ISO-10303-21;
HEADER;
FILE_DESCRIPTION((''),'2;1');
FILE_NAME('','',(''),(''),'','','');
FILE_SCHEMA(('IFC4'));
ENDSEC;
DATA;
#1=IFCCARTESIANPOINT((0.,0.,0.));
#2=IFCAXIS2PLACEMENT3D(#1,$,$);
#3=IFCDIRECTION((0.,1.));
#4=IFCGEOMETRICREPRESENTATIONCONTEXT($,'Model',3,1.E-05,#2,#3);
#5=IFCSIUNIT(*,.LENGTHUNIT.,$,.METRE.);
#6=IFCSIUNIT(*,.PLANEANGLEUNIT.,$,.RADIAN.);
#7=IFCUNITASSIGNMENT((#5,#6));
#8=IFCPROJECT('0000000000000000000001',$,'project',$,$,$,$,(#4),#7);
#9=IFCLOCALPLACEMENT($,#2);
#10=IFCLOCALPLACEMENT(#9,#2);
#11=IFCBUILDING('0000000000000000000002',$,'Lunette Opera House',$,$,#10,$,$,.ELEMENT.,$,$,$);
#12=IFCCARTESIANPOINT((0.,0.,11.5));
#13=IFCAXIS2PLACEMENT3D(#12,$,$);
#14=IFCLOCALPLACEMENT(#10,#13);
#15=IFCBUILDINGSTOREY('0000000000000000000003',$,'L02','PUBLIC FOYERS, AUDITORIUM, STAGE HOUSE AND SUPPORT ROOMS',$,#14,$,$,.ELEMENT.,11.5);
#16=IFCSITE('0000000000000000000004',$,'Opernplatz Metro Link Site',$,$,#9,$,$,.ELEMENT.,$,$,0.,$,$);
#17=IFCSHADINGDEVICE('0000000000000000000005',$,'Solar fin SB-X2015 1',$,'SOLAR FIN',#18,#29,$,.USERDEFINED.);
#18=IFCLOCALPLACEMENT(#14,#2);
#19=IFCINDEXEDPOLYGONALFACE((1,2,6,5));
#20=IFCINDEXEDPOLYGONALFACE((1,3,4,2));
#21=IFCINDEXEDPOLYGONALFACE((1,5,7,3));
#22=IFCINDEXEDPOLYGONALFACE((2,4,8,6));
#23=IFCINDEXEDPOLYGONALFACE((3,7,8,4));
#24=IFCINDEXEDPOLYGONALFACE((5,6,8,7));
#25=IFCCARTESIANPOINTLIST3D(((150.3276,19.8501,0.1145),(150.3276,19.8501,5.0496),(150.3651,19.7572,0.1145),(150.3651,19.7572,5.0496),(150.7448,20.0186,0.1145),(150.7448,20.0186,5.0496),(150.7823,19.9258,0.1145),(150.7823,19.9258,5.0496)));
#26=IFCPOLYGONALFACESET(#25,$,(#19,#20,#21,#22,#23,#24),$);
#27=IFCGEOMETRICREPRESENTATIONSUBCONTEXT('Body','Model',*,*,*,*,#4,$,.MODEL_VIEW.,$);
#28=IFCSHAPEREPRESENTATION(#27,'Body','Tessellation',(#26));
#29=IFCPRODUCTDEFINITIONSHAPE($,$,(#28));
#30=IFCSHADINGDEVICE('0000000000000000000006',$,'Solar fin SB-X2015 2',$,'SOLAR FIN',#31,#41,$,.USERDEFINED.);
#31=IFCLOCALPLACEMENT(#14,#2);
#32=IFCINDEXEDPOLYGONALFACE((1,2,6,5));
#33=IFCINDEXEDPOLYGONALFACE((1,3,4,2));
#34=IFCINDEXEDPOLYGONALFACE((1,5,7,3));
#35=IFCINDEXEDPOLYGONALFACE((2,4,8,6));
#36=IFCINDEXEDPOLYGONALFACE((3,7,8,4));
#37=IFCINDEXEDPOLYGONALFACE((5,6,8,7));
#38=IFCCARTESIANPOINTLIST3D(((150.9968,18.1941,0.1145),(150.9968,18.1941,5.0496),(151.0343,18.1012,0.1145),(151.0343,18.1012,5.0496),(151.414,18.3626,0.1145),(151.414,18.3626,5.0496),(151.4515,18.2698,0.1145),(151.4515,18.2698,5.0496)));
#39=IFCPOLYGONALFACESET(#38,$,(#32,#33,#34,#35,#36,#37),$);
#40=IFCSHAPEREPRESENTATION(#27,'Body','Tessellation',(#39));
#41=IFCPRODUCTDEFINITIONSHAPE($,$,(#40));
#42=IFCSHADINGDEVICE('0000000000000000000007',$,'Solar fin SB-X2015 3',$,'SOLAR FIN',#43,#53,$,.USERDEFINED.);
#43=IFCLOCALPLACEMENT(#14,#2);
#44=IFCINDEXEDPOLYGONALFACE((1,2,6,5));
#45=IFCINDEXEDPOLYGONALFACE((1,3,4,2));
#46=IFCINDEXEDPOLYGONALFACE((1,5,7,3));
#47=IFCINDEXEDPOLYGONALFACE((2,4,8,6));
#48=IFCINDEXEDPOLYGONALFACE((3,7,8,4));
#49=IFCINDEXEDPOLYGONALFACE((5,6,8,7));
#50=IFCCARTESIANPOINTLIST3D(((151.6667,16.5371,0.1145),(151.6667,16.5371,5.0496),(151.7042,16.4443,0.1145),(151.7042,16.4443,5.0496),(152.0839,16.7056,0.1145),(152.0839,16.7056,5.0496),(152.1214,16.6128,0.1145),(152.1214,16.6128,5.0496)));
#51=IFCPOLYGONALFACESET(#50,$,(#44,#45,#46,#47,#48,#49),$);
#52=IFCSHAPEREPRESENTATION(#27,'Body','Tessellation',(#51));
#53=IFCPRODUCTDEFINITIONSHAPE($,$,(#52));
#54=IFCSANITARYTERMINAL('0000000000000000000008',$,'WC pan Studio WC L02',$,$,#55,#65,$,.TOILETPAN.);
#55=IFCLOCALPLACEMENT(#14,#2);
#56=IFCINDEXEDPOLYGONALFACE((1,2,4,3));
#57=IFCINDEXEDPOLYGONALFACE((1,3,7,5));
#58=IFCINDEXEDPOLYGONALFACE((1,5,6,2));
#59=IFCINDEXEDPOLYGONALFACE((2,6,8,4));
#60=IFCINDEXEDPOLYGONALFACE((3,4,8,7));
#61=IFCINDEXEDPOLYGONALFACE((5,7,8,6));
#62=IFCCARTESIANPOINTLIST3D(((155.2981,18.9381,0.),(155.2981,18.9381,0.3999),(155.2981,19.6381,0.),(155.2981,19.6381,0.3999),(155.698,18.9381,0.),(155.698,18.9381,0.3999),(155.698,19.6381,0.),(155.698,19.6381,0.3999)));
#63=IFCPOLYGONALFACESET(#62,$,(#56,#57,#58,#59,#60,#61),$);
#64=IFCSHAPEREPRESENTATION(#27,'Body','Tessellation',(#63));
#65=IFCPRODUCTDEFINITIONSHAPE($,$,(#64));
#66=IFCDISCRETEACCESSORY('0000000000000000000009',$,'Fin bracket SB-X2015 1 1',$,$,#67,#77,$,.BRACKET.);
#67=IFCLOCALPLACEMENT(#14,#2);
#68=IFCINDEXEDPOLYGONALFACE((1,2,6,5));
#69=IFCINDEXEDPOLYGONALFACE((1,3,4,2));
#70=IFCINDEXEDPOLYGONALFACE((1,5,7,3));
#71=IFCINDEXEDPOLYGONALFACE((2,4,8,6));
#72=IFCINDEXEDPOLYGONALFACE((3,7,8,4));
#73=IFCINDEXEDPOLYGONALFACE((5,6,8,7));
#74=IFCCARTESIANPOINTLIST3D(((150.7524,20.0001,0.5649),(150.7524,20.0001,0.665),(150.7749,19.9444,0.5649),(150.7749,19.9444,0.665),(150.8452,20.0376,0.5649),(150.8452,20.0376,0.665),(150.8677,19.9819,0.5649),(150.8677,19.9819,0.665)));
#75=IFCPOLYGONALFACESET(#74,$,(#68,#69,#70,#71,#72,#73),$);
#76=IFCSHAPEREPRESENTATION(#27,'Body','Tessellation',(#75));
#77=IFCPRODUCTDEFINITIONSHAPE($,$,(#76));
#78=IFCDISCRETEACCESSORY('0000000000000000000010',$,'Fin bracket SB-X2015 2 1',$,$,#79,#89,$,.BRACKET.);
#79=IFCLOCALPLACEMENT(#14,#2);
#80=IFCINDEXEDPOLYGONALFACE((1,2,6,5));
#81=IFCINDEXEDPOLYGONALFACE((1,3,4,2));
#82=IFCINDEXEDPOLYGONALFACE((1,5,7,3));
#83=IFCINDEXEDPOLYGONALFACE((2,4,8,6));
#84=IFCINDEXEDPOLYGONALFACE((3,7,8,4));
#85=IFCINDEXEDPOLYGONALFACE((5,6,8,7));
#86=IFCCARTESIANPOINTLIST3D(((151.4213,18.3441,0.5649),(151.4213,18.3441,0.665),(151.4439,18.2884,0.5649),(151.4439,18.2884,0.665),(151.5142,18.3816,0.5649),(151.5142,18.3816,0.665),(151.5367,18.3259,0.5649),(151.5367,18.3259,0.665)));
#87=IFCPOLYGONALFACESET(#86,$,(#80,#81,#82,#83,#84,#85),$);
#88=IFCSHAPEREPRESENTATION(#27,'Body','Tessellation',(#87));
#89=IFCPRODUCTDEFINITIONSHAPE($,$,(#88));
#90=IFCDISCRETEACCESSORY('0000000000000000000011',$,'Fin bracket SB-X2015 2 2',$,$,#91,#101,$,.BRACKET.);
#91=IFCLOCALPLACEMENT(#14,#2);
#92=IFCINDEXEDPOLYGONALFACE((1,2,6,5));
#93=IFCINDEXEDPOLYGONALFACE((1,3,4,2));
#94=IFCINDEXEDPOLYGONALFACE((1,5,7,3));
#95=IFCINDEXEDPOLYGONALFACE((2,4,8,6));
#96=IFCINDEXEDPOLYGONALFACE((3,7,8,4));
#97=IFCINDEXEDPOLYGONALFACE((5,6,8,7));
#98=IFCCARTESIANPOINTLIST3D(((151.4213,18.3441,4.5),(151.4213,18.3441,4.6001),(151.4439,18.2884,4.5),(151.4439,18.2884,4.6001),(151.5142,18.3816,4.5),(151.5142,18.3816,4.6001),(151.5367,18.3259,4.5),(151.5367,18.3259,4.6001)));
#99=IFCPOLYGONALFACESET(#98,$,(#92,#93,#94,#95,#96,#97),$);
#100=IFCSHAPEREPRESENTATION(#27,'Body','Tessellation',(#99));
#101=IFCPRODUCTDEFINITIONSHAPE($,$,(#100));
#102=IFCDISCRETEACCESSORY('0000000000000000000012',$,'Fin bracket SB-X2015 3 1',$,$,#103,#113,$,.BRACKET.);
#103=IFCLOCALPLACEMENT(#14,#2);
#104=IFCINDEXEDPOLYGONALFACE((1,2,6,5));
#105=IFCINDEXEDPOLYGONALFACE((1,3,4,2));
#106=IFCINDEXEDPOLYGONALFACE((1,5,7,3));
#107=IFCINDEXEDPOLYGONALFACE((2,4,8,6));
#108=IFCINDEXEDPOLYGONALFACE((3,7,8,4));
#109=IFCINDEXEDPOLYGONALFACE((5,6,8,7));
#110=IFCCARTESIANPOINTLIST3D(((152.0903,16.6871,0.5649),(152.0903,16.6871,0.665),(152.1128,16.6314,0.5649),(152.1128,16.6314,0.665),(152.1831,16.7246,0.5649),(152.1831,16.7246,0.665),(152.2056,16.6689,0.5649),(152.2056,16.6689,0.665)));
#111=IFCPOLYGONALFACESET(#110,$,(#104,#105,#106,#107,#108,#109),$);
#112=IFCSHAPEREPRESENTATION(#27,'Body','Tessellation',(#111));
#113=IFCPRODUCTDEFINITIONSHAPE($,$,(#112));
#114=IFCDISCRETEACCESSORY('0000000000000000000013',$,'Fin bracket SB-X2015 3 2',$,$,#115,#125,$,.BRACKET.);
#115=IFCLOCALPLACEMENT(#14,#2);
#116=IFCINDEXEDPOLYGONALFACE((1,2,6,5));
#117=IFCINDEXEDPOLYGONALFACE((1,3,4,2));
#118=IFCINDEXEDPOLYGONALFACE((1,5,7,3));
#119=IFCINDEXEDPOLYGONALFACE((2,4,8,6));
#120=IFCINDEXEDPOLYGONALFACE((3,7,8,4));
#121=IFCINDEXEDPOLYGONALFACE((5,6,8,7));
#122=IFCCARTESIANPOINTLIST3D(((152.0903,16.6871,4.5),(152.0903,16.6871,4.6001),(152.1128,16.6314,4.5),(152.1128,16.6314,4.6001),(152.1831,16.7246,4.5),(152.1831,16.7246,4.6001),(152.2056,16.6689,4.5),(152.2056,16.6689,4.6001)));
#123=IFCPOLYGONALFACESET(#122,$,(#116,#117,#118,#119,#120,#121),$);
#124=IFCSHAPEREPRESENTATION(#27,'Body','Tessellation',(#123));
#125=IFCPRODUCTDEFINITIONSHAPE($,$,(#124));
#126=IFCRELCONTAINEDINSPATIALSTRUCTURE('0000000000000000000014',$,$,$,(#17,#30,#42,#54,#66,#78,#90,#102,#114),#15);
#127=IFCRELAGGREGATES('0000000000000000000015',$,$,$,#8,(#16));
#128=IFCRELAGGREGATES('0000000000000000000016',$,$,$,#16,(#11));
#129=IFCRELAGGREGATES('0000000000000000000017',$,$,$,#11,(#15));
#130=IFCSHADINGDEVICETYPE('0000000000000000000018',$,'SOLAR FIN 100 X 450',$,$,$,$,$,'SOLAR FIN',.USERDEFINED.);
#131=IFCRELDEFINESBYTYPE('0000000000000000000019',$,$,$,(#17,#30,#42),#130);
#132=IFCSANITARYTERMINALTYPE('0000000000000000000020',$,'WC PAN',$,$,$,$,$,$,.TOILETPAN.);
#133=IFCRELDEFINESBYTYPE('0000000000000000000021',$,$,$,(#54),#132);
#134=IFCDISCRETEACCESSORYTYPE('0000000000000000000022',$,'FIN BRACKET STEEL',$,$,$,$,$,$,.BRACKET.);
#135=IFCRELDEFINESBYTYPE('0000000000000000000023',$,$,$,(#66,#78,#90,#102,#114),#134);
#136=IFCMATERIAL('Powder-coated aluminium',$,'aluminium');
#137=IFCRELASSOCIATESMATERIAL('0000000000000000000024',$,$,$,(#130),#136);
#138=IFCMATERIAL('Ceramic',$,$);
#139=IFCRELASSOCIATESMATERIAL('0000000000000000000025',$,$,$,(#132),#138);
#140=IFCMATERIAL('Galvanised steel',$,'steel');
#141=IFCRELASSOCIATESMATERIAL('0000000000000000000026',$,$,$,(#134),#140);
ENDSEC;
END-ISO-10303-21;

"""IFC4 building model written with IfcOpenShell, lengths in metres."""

from ifc_helpers import new_model, si_unit, direction, frame, origin, origin_2d, place, context, subcontext, project, spatial, rectangle, extrude, material, type_object, element, save


model = new_model("IFC4")

# Units and contexts
model_context = context("Model", 3, precision=1e-05, world=origin(), true_north=direction((0.0, 1.0)))
body_context = subcontext(model_context, "Body", "Model", "MODEL_VIEW")
ifc_project = project(units=[si_unit("LENGTHUNIT", "METRE"), si_unit("PLANEANGLEUNIT", "RADIAN")], contexts=[model_context])

# Site, building, storey
site_placement = place(None, origin())
site = spatial("IfcSite", under=ifc_project, at=site_placement, Name="Opernplatz Metro Link Site", CompositionType="ELEMENT", RefElevation=0.0)
building_placement = place(site_placement, origin())
building = spatial("IfcBuilding", under=site, at=building_placement, Name="Lunette Opera House", CompositionType="ELEMENT")
storey_placement = place(building_placement, frame((0.0, 0.0, 11.5)))
storey = spatial("IfcBuildingStorey", under=building, at=storey_placement, Name="L02", Description="PUBLIC FOYERS, AUDITORIUM, STAGE HOUSE AND SUPPORT ROOMS", CompositionType="ELEMENT", Elevation=11.5)

# Shading devices
ifc_material_1 = material(Name="Powder-coated aluminium", Category="aluminium")
shading_device_type = type_object("IfcShadingDeviceType", Name="SOLAR FIN 100 X 450", ElementType="SOLAR FIN", PredefinedType="USERDEFINED", material=ifc_material_1)
for number, where, z_axis, x_axis, name in (
    (1, (150.5549, 19.8879, 0.1145), (0.0, 0.0, 1.0), (-0.927168, -0.374645, 0.0), "Solar fin SB-X2015 1"),
    (2, (151.2241, 18.2319, 0.1145), (0.0, 0.0, 1.0), (-0.927168, -0.374645, 0.0), "Solar fin SB-X2015 2"),
    (3, (151.894, 16.575, 0.1145), (0.0, 0.0, 1.0), (-0.927168, -0.374645, 0.0), "Solar fin SB-X2015 3"),
):
    element("IfcShadingDevice", number, at=place(storey_placement, frame(where, z_axis=z_axis, x_axis=x_axis)), inside=storey, type_object=shading_device_type, Name=name, ObjectType="SOLAR FIN", PredefinedType="USERDEFINED", context=body_context, shape_type="SweptSolid", body=[
        extrude(rectangle(XDim=0.45, YDim=0.1001, at=origin_2d()), origin(), (0.0, 0.0, 1.0), 4.9351),
    ])

# Sanitary terminal
ifc_material_2 = material(Name="Ceramic")
sanitary_terminal_type = type_object("IfcSanitaryTerminalType", Name="WC PAN", PredefinedType="TOILETPAN", material=ifc_material_2)
sanitary_terminal_placement = place(storey_placement, frame((155.498, 19.2881, 0.0), z_axis=(0.0, 0.0, 1.0), x_axis=(1.0, 0.0, 0.0)))
element("IfcSanitaryTerminal", 4, at=sanitary_terminal_placement, inside=storey, type_object=sanitary_terminal_type, Name="WC pan Studio WC L02", PredefinedType="TOILETPAN", context=body_context, shape_type="SweptSolid", body=[
    extrude(rectangle(XDim=0.3999, YDim=0.7, at=origin_2d()), origin(), (0.0, 0.0, 1.0), 0.3999),
])

# Discrete accessories
ifc_material_3 = material(Name="Galvanised steel", Category="steel")
discrete_accessory_type = type_object("IfcDiscreteAccessoryType", Name="FIN BRACKET STEEL", PredefinedType="BRACKET", material=ifc_material_3)
for number, where, z_axis, x_axis, name in (
    (5, (150.8101, 19.991, 0.5649), (0.0, 0.0, 1.0), (-0.927168, -0.374645, 0.0), "Fin bracket SB-X2015 1 1"),
    (6, (151.479, 18.335, 0.5649), (0.0, 0.0, 1.0), (-0.927168, -0.374645, 0.0), "Fin bracket SB-X2015 2 1"),
    (7, (151.479, 18.335, 4.5), (0.0, 0.0, 1.0), (-0.927168, -0.374645, 0.0), "Fin bracket SB-X2015 2 2"),
    (8, (152.1479, 16.678, 0.5649), (0.0, 0.0, 1.0), (-0.927168, -0.374645, 0.0), "Fin bracket SB-X2015 3 1"),
    (9, (152.1479, 16.678, 4.5), (0.0, 0.0, 1.0), (-0.927168, -0.374645, 0.0), "Fin bracket SB-X2015 3 2"),
):
    element("IfcDiscreteAccessory", number, at=place(storey_placement, frame(where, z_axis=z_axis, x_axis=x_axis)), inside=storey, type_object=discrete_accessory_type, Name=name, PredefinedType="BRACKET", context=body_context, shape_type="SweptSolid", body=[
        extrude(rectangle(XDim=0.1001, YDim=0.0601, at=origin_2d()), origin(), (0.0, 0.0, 1.0), 0.1001),
    ])

save(model, "model.ifc")
